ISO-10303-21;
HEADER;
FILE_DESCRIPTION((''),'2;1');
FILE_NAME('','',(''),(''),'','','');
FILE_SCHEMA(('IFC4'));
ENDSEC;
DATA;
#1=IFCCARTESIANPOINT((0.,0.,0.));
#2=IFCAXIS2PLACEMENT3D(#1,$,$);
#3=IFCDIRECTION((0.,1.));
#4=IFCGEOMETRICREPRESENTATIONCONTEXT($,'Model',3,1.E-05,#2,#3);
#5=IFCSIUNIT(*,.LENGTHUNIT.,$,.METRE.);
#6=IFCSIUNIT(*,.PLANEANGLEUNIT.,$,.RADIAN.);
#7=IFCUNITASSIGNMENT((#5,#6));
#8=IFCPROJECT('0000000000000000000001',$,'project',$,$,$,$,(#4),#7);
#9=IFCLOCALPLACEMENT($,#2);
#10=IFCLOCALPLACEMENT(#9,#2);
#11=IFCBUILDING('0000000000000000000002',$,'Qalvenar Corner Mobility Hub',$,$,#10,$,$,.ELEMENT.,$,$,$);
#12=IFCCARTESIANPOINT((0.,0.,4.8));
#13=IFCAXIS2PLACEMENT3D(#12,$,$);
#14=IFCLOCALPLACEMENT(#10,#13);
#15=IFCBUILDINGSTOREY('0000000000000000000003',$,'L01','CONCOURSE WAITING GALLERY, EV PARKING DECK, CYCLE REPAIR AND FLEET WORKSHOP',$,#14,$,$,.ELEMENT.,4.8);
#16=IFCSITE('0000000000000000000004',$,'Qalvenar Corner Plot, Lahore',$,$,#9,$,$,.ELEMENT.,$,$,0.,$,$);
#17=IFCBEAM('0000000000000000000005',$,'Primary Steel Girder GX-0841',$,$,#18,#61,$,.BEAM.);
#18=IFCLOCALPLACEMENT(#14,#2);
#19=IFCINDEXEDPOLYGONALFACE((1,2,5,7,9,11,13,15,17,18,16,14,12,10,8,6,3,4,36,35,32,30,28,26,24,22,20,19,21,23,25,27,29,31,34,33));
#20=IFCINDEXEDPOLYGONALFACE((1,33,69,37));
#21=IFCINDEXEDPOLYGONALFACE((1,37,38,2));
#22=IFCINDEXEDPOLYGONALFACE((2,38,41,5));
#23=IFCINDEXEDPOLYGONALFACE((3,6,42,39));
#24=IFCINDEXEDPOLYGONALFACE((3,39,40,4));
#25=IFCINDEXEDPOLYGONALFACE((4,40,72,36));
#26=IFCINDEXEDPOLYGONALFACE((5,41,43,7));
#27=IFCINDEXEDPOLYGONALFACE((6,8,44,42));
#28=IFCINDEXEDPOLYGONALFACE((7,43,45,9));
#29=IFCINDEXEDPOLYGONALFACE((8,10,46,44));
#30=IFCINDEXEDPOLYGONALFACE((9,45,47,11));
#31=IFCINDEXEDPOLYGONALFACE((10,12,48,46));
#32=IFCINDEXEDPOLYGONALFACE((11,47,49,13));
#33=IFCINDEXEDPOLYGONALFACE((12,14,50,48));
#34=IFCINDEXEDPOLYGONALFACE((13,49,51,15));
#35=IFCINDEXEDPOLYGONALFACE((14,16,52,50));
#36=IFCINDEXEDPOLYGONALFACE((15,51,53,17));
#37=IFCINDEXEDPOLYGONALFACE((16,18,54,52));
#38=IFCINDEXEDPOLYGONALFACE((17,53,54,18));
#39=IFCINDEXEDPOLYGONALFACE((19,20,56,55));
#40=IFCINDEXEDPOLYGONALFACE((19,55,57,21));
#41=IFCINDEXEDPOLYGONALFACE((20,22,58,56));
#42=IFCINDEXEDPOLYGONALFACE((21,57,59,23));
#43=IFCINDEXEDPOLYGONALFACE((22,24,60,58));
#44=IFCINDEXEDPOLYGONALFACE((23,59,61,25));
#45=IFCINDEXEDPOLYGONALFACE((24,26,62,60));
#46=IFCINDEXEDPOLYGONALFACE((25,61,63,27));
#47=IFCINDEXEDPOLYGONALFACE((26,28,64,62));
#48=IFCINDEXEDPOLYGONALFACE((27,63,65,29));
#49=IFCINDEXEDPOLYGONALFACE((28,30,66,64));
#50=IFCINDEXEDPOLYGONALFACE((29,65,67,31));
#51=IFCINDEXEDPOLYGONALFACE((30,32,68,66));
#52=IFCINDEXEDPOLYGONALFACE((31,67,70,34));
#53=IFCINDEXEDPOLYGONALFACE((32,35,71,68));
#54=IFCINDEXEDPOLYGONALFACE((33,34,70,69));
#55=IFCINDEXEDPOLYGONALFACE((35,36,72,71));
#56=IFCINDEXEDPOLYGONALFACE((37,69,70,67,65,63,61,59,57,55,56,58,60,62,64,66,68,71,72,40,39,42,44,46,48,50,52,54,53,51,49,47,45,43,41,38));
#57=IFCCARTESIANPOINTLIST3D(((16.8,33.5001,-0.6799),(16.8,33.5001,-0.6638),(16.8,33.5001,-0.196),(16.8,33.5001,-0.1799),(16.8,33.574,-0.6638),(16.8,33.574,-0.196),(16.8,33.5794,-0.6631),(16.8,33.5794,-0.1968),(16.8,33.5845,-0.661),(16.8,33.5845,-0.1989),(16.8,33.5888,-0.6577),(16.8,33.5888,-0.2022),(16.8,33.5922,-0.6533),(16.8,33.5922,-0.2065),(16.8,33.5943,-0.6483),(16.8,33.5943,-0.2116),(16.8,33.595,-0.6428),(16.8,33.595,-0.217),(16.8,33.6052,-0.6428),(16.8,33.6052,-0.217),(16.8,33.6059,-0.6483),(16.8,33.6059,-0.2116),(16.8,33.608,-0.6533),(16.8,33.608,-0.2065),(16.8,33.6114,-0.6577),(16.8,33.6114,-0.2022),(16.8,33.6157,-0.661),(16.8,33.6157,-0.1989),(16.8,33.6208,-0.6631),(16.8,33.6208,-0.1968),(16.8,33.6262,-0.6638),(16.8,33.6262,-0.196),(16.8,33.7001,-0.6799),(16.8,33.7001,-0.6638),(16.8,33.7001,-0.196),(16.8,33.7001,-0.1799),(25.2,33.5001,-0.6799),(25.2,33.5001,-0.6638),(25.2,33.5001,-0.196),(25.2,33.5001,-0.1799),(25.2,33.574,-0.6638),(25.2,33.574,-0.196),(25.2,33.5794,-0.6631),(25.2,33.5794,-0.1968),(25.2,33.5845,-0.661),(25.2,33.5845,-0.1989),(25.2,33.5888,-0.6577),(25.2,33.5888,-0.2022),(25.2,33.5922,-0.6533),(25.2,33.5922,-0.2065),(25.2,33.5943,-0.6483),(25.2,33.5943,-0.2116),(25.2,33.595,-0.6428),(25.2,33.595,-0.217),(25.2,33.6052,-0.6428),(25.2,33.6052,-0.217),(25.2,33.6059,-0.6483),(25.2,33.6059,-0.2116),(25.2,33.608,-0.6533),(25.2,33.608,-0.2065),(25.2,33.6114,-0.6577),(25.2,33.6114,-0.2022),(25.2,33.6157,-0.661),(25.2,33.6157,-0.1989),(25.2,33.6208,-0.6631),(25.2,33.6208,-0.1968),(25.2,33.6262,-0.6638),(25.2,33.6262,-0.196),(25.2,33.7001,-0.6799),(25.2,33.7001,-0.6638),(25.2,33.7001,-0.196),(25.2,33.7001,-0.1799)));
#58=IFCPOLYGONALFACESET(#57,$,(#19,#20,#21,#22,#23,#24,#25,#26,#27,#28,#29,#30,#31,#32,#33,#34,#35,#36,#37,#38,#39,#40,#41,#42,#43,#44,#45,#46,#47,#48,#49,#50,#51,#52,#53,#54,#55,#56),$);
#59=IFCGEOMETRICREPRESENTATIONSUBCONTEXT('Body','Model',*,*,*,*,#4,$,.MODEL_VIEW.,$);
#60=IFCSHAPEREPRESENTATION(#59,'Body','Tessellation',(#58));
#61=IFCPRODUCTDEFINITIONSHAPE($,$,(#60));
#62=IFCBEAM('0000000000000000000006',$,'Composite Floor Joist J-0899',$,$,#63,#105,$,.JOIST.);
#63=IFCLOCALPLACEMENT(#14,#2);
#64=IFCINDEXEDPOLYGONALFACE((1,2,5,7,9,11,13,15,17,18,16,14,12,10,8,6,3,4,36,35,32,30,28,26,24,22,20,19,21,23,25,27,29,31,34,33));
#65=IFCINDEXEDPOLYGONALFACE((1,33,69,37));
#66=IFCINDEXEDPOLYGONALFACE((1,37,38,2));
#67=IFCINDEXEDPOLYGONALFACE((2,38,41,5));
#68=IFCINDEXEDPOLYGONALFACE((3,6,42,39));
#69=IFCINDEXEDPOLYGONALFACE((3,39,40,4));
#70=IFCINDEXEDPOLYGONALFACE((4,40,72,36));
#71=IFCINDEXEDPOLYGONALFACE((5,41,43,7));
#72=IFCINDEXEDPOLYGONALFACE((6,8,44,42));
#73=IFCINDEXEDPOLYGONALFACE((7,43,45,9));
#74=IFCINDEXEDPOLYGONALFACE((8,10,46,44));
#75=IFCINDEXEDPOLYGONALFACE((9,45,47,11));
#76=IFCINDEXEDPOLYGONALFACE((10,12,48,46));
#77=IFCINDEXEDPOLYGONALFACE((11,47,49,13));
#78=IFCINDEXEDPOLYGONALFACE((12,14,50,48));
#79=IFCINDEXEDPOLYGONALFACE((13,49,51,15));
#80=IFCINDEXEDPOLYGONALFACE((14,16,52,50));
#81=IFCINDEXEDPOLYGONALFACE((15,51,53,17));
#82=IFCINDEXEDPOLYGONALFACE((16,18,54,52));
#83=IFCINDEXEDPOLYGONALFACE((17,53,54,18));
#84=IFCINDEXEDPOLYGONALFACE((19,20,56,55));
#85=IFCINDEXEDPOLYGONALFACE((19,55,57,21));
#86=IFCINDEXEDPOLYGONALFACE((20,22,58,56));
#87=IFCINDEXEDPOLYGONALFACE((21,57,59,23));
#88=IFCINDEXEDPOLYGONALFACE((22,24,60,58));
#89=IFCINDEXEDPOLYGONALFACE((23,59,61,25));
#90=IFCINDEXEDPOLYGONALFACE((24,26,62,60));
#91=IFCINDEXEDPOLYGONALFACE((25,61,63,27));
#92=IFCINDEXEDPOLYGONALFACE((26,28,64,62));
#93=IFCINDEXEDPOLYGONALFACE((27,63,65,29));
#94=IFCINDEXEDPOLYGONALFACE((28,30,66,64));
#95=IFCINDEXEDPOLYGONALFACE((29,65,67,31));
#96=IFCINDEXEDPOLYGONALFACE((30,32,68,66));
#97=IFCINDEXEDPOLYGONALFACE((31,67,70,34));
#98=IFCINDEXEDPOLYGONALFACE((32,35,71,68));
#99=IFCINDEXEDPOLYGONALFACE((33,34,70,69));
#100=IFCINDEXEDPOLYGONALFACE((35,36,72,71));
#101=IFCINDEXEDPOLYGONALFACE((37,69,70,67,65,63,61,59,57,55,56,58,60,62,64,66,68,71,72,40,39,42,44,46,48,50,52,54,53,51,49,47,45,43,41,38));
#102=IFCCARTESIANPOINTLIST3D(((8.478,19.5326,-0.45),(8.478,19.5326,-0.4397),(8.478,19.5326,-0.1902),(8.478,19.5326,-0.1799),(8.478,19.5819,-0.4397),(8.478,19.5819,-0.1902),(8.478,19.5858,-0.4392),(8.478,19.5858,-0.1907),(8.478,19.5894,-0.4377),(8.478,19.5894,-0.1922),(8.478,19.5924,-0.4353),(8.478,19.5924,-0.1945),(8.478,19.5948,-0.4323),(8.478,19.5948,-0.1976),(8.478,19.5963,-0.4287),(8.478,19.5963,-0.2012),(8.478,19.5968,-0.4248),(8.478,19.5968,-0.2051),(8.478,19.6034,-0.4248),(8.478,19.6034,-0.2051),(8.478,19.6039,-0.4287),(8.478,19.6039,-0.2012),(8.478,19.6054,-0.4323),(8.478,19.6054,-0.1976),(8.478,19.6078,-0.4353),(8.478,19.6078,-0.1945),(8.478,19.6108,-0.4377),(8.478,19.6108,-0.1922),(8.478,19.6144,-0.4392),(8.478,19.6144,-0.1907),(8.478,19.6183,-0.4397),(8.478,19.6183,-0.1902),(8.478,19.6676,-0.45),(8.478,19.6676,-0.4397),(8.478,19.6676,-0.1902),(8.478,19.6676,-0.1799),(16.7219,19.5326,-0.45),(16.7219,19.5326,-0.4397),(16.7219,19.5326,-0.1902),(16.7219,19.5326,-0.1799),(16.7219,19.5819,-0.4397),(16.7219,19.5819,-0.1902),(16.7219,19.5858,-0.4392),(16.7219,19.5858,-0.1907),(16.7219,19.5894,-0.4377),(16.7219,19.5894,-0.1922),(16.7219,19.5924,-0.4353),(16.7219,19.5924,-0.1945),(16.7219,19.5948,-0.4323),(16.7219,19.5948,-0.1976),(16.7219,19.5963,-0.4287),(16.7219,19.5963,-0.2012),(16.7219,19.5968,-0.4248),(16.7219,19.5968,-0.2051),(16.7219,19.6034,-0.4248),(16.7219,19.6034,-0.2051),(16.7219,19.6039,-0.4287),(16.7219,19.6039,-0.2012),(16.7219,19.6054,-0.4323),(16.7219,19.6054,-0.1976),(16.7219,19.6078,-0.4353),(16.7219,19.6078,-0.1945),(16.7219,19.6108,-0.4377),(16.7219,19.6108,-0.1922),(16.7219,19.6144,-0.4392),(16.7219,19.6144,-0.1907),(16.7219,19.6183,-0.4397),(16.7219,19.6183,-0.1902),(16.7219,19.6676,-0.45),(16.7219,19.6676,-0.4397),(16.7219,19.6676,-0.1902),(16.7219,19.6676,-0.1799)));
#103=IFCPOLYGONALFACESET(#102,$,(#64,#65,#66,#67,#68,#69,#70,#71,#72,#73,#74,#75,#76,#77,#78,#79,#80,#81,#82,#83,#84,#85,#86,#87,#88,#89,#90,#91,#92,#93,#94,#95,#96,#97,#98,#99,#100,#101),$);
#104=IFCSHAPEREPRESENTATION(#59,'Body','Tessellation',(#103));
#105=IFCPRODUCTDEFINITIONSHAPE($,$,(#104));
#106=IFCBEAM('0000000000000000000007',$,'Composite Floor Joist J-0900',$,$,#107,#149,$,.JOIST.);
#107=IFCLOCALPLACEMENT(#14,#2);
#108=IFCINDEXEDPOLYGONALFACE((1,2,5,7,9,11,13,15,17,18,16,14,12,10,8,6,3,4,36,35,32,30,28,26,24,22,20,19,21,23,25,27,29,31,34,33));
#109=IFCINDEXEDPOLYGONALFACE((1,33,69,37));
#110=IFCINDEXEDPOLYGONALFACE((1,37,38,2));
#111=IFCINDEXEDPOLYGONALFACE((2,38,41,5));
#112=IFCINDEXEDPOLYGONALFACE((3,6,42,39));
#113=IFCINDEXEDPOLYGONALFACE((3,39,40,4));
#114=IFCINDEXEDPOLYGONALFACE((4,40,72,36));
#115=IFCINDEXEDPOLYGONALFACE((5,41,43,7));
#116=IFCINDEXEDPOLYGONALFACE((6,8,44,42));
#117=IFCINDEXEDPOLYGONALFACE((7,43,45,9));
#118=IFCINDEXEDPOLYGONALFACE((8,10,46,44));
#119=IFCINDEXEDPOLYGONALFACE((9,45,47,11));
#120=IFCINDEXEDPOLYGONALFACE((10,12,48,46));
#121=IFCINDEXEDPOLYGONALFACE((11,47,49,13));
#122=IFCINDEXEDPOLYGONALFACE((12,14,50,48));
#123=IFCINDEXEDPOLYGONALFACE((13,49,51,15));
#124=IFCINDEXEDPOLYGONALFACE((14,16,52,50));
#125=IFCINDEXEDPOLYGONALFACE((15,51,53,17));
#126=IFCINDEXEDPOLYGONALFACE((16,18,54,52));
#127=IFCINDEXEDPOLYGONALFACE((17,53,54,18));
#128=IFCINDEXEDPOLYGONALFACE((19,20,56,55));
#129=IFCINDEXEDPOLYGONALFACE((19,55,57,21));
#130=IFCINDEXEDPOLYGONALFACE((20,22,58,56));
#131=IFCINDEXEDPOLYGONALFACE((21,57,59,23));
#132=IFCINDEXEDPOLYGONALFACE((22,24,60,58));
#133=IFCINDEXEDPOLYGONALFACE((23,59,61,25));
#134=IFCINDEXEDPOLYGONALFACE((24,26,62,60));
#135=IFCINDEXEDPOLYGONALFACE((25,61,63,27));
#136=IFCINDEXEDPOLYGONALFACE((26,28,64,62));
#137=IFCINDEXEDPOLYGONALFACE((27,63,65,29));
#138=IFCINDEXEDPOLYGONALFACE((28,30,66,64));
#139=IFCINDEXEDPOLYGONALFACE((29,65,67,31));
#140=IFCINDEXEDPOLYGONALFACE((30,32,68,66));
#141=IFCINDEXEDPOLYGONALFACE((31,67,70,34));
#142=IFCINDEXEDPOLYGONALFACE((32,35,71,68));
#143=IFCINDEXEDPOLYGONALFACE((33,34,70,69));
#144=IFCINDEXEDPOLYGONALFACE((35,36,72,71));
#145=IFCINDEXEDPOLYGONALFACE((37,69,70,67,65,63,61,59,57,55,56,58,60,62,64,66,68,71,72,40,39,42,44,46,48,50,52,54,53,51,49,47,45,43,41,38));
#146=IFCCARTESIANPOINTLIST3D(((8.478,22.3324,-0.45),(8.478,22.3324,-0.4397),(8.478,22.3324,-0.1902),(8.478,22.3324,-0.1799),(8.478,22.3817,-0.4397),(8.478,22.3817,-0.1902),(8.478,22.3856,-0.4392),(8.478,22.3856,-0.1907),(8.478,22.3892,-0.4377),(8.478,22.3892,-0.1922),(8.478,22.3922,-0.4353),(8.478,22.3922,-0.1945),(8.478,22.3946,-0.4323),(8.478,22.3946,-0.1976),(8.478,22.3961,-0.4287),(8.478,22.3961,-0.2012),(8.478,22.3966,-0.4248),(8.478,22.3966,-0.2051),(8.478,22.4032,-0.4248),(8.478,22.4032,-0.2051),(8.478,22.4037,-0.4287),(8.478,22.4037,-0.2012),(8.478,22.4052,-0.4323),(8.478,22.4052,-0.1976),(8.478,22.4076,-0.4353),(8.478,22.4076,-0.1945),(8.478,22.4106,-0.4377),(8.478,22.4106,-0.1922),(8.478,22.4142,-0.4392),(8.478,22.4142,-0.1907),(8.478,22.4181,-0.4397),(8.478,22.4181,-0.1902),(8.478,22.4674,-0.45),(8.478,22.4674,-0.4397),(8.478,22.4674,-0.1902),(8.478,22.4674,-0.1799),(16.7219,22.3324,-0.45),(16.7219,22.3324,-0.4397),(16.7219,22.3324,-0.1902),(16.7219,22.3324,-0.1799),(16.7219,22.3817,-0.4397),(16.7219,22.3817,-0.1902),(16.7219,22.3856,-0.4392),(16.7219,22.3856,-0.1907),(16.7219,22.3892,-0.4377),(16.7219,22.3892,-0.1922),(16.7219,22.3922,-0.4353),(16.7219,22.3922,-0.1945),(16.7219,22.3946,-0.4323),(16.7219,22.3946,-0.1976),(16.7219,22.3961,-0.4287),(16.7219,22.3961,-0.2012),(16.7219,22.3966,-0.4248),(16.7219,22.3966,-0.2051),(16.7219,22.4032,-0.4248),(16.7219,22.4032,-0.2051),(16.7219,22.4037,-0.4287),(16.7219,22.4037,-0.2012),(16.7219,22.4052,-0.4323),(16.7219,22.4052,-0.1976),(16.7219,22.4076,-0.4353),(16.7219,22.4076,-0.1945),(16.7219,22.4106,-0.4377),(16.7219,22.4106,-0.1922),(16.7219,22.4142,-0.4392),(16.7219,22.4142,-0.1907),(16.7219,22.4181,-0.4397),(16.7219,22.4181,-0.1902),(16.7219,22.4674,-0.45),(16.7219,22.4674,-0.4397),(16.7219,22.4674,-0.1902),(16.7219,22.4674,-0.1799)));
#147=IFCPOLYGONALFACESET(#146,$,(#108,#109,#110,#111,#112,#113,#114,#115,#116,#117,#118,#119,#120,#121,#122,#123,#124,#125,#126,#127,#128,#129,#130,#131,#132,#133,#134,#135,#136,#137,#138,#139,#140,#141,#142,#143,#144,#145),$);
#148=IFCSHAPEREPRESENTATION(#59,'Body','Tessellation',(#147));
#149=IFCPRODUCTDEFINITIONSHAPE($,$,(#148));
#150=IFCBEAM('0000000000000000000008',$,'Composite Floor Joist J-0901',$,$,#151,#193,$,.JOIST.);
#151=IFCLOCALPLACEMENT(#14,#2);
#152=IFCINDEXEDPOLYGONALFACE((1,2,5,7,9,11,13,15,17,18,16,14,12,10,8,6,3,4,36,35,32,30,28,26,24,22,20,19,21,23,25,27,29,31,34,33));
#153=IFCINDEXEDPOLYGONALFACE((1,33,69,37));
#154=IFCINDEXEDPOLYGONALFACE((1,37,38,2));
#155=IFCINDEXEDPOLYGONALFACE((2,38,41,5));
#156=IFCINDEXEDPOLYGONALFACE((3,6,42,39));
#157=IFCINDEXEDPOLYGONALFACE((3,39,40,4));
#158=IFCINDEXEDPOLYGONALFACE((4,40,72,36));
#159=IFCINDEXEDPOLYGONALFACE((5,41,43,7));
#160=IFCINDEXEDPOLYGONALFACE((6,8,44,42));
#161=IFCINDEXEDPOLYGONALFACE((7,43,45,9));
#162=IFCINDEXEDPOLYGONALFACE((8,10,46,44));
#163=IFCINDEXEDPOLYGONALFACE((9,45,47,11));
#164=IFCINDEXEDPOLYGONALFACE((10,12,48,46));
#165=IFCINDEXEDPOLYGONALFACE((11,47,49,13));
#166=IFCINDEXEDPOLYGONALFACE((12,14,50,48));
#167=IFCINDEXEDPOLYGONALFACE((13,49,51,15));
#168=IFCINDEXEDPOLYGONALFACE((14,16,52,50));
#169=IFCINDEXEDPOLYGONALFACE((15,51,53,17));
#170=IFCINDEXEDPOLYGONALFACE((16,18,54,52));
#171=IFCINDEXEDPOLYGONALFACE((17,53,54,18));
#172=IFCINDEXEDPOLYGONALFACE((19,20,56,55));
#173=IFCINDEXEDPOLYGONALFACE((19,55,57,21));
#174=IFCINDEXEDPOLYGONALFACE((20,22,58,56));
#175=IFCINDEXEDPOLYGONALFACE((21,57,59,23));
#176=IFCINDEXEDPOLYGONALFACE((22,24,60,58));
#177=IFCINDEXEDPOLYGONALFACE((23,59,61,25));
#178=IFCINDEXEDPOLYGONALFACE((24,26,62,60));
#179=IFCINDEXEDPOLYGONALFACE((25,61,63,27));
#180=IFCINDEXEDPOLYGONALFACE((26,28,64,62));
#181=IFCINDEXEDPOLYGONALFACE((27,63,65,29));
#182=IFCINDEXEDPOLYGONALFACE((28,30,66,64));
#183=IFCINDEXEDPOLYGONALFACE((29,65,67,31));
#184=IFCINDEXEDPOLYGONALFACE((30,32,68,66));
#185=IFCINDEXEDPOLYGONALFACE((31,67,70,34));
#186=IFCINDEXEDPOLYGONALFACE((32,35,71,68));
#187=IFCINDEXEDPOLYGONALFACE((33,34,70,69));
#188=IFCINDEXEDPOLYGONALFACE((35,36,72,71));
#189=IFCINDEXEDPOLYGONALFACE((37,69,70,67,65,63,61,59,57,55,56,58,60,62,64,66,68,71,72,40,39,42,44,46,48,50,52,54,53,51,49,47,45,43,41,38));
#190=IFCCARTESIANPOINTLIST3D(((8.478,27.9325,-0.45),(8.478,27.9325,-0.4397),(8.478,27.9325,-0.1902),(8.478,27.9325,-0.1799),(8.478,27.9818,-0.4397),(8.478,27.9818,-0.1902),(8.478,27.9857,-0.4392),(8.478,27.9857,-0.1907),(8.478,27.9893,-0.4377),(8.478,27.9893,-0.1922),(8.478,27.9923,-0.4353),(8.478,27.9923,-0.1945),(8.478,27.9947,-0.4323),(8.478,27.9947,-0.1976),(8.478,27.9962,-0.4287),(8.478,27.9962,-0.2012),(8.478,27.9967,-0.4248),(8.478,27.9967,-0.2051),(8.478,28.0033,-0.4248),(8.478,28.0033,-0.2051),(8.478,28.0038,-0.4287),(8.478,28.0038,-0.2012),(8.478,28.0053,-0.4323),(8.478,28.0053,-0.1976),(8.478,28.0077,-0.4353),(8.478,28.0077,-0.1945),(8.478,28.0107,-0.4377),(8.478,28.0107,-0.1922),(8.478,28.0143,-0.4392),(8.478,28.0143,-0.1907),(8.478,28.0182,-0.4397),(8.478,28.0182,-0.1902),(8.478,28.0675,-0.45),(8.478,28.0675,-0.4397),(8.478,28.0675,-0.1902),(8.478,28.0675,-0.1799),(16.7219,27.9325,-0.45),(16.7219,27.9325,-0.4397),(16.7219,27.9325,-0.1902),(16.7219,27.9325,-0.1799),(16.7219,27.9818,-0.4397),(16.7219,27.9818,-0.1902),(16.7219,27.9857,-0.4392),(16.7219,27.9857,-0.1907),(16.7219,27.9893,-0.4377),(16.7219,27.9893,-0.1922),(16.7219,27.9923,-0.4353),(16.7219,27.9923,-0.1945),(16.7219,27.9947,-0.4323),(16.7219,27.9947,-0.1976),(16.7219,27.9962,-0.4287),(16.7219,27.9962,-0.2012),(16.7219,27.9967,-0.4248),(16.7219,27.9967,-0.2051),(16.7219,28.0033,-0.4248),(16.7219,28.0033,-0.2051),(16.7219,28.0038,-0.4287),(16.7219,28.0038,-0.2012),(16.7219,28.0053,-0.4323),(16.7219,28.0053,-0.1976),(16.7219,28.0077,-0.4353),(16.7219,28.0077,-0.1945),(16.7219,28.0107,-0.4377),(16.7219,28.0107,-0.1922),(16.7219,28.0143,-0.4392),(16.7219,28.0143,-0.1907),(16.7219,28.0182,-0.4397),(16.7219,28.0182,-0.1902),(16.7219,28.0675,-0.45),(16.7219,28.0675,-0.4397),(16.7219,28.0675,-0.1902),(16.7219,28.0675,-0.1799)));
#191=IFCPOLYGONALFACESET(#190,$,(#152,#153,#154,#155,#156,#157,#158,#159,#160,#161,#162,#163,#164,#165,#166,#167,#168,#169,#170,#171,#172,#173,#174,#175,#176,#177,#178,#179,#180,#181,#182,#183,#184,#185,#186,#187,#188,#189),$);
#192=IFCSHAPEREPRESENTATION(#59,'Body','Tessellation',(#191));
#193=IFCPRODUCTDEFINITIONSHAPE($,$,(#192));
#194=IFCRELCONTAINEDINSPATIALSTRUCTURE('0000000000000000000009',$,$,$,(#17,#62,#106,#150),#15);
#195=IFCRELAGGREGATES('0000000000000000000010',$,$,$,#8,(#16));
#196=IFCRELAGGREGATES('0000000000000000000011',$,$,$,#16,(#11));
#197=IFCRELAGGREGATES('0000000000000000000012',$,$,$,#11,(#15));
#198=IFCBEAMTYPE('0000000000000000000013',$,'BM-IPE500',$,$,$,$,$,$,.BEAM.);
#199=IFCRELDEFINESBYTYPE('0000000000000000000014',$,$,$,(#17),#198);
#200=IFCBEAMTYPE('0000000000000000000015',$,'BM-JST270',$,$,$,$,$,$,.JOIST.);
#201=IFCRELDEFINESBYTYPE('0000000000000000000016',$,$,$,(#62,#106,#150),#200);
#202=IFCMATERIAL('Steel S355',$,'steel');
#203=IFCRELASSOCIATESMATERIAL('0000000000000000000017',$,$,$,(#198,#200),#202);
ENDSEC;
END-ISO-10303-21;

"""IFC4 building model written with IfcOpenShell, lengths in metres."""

from ifc_helpers import new_model, si_unit, direction, frame, origin, origin_2d, place, context, subcontext, project, spatial, i_section, extrude, material, material_profile, profile_set, type_object, element, save


model = new_model("IFC4")

# Units and contexts
model_context = context("Model", 3, precision=1e-05, world=origin(), true_north=direction((0.0, 1.0)))
body_context = subcontext(model_context, "Body", "Model", "MODEL_VIEW")
ifc_project = project(units=[si_unit("LENGTHUNIT", "METRE"), si_unit("PLANEANGLEUNIT", "RADIAN")], contexts=[model_context])

# Site, building, storey
site_placement = place(None, origin())
site = spatial("IfcSite", under=ifc_project, at=site_placement, Name="Qalvenar Corner Plot, Lahore", CompositionType="ELEMENT", RefElevation=0.0)
building_placement = place(site_placement, origin())
building = spatial("IfcBuilding", under=site, at=building_placement, Name="Qalvenar Corner Mobility Hub", CompositionType="ELEMENT")
storey_placement = place(building_placement, frame((0.0, 0.0, 4.8)))
storey = spatial("IfcBuildingStorey", under=building, at=storey_placement, Name="L01", Description="CONCOURSE WAITING GALLERY, EV PARKING DECK, CYCLE REPAIR AND FLEET WORKSHOP", CompositionType="ELEMENT", Elevation=4.8)

# Shared definitions
ifc_material_1 = material(Name="Steel S355", Category="steel")

# Beams
ifc_material_profile_1 = material_profile(ifc_material_1, i_section(OverallWidth=0.2, OverallDepth=0.5, WebThickness=0.0103, FlangeThickness=0.0161, FilletRadius=0.021, at=origin_2d()), Name="IPE500")
ifc_profile_set_1 = profile_set([ifc_material_profile_1], Name="Steel S355")
beam_type_1 = type_object("IfcBeamType", Name="BM-IPE500", PredefinedType="BEAM", material=ifc_profile_set_1)
for number, where, z_axis, x_axis, name in (
    (1, (16.8, 33.6001, -0.4299), (1.0, 0.0, 0.0), (0.0, 1.0, 0.0), "Primary Steel Girder GX-0841"),
):
    element("IfcBeam", number, at=place(storey_placement, frame(where, z_axis=z_axis, x_axis=x_axis)), inside=storey, type_object=beam_type_1, Name=name, PredefinedType="BEAM", context=body_context, shape_type="SweptSolid", body=[
        extrude(i_section(OverallWidth=0.2, OverallDepth=0.5, WebThickness=0.0103, FlangeThickness=0.0161, FilletRadius=0.021, at=origin_2d()), origin(), (0.0, 0.0, 1.0), 8.3999),
    ])
ifc_material_profile_2 = material_profile(ifc_material_1, i_section(OverallWidth=0.135, OverallDepth=0.27, WebThickness=0.0066, FlangeThickness=0.0103, FilletRadius=0.0149, at=origin_2d()), Name="IPE270")
ifc_profile_set_2 = profile_set([ifc_material_profile_2], Name="Steel S355")
beam_type_2 = type_object("IfcBeamType", Name="BM-JST270", PredefinedType="JOIST", material=ifc_profile_set_2)
for number, where, z_axis, x_axis, name in (
    (2, (8.478, 19.6001, -0.3149), (1.0, 0.0, 0.0), (0.0, 1.0, 0.0), "Composite Floor Joist J-0899"),
    (3, (8.478, 22.3999, -0.3149), (1.0, 0.0, 0.0), (0.0, 1.0, 0.0), "Composite Floor Joist J-0900"),
    (4, (8.478, 28.0, -0.3149), (1.0, 0.0, 0.0), (0.0, 1.0, 0.0), "Composite Floor Joist J-0901"),
):
    element("IfcBeam", number, at=place(storey_placement, frame(where, z_axis=z_axis, x_axis=x_axis)), inside=storey, type_object=beam_type_2, Name=name, PredefinedType="JOIST", context=body_context, shape_type="SweptSolid", body=[
        extrude(i_section(OverallWidth=0.135, OverallDepth=0.27, WebThickness=0.0066, FlangeThickness=0.0103, FilletRadius=0.0149, at=origin_2d()), origin(), (0.0, 0.0, 1.0), 8.2439),
    ])

save(model, "model.ifc")
